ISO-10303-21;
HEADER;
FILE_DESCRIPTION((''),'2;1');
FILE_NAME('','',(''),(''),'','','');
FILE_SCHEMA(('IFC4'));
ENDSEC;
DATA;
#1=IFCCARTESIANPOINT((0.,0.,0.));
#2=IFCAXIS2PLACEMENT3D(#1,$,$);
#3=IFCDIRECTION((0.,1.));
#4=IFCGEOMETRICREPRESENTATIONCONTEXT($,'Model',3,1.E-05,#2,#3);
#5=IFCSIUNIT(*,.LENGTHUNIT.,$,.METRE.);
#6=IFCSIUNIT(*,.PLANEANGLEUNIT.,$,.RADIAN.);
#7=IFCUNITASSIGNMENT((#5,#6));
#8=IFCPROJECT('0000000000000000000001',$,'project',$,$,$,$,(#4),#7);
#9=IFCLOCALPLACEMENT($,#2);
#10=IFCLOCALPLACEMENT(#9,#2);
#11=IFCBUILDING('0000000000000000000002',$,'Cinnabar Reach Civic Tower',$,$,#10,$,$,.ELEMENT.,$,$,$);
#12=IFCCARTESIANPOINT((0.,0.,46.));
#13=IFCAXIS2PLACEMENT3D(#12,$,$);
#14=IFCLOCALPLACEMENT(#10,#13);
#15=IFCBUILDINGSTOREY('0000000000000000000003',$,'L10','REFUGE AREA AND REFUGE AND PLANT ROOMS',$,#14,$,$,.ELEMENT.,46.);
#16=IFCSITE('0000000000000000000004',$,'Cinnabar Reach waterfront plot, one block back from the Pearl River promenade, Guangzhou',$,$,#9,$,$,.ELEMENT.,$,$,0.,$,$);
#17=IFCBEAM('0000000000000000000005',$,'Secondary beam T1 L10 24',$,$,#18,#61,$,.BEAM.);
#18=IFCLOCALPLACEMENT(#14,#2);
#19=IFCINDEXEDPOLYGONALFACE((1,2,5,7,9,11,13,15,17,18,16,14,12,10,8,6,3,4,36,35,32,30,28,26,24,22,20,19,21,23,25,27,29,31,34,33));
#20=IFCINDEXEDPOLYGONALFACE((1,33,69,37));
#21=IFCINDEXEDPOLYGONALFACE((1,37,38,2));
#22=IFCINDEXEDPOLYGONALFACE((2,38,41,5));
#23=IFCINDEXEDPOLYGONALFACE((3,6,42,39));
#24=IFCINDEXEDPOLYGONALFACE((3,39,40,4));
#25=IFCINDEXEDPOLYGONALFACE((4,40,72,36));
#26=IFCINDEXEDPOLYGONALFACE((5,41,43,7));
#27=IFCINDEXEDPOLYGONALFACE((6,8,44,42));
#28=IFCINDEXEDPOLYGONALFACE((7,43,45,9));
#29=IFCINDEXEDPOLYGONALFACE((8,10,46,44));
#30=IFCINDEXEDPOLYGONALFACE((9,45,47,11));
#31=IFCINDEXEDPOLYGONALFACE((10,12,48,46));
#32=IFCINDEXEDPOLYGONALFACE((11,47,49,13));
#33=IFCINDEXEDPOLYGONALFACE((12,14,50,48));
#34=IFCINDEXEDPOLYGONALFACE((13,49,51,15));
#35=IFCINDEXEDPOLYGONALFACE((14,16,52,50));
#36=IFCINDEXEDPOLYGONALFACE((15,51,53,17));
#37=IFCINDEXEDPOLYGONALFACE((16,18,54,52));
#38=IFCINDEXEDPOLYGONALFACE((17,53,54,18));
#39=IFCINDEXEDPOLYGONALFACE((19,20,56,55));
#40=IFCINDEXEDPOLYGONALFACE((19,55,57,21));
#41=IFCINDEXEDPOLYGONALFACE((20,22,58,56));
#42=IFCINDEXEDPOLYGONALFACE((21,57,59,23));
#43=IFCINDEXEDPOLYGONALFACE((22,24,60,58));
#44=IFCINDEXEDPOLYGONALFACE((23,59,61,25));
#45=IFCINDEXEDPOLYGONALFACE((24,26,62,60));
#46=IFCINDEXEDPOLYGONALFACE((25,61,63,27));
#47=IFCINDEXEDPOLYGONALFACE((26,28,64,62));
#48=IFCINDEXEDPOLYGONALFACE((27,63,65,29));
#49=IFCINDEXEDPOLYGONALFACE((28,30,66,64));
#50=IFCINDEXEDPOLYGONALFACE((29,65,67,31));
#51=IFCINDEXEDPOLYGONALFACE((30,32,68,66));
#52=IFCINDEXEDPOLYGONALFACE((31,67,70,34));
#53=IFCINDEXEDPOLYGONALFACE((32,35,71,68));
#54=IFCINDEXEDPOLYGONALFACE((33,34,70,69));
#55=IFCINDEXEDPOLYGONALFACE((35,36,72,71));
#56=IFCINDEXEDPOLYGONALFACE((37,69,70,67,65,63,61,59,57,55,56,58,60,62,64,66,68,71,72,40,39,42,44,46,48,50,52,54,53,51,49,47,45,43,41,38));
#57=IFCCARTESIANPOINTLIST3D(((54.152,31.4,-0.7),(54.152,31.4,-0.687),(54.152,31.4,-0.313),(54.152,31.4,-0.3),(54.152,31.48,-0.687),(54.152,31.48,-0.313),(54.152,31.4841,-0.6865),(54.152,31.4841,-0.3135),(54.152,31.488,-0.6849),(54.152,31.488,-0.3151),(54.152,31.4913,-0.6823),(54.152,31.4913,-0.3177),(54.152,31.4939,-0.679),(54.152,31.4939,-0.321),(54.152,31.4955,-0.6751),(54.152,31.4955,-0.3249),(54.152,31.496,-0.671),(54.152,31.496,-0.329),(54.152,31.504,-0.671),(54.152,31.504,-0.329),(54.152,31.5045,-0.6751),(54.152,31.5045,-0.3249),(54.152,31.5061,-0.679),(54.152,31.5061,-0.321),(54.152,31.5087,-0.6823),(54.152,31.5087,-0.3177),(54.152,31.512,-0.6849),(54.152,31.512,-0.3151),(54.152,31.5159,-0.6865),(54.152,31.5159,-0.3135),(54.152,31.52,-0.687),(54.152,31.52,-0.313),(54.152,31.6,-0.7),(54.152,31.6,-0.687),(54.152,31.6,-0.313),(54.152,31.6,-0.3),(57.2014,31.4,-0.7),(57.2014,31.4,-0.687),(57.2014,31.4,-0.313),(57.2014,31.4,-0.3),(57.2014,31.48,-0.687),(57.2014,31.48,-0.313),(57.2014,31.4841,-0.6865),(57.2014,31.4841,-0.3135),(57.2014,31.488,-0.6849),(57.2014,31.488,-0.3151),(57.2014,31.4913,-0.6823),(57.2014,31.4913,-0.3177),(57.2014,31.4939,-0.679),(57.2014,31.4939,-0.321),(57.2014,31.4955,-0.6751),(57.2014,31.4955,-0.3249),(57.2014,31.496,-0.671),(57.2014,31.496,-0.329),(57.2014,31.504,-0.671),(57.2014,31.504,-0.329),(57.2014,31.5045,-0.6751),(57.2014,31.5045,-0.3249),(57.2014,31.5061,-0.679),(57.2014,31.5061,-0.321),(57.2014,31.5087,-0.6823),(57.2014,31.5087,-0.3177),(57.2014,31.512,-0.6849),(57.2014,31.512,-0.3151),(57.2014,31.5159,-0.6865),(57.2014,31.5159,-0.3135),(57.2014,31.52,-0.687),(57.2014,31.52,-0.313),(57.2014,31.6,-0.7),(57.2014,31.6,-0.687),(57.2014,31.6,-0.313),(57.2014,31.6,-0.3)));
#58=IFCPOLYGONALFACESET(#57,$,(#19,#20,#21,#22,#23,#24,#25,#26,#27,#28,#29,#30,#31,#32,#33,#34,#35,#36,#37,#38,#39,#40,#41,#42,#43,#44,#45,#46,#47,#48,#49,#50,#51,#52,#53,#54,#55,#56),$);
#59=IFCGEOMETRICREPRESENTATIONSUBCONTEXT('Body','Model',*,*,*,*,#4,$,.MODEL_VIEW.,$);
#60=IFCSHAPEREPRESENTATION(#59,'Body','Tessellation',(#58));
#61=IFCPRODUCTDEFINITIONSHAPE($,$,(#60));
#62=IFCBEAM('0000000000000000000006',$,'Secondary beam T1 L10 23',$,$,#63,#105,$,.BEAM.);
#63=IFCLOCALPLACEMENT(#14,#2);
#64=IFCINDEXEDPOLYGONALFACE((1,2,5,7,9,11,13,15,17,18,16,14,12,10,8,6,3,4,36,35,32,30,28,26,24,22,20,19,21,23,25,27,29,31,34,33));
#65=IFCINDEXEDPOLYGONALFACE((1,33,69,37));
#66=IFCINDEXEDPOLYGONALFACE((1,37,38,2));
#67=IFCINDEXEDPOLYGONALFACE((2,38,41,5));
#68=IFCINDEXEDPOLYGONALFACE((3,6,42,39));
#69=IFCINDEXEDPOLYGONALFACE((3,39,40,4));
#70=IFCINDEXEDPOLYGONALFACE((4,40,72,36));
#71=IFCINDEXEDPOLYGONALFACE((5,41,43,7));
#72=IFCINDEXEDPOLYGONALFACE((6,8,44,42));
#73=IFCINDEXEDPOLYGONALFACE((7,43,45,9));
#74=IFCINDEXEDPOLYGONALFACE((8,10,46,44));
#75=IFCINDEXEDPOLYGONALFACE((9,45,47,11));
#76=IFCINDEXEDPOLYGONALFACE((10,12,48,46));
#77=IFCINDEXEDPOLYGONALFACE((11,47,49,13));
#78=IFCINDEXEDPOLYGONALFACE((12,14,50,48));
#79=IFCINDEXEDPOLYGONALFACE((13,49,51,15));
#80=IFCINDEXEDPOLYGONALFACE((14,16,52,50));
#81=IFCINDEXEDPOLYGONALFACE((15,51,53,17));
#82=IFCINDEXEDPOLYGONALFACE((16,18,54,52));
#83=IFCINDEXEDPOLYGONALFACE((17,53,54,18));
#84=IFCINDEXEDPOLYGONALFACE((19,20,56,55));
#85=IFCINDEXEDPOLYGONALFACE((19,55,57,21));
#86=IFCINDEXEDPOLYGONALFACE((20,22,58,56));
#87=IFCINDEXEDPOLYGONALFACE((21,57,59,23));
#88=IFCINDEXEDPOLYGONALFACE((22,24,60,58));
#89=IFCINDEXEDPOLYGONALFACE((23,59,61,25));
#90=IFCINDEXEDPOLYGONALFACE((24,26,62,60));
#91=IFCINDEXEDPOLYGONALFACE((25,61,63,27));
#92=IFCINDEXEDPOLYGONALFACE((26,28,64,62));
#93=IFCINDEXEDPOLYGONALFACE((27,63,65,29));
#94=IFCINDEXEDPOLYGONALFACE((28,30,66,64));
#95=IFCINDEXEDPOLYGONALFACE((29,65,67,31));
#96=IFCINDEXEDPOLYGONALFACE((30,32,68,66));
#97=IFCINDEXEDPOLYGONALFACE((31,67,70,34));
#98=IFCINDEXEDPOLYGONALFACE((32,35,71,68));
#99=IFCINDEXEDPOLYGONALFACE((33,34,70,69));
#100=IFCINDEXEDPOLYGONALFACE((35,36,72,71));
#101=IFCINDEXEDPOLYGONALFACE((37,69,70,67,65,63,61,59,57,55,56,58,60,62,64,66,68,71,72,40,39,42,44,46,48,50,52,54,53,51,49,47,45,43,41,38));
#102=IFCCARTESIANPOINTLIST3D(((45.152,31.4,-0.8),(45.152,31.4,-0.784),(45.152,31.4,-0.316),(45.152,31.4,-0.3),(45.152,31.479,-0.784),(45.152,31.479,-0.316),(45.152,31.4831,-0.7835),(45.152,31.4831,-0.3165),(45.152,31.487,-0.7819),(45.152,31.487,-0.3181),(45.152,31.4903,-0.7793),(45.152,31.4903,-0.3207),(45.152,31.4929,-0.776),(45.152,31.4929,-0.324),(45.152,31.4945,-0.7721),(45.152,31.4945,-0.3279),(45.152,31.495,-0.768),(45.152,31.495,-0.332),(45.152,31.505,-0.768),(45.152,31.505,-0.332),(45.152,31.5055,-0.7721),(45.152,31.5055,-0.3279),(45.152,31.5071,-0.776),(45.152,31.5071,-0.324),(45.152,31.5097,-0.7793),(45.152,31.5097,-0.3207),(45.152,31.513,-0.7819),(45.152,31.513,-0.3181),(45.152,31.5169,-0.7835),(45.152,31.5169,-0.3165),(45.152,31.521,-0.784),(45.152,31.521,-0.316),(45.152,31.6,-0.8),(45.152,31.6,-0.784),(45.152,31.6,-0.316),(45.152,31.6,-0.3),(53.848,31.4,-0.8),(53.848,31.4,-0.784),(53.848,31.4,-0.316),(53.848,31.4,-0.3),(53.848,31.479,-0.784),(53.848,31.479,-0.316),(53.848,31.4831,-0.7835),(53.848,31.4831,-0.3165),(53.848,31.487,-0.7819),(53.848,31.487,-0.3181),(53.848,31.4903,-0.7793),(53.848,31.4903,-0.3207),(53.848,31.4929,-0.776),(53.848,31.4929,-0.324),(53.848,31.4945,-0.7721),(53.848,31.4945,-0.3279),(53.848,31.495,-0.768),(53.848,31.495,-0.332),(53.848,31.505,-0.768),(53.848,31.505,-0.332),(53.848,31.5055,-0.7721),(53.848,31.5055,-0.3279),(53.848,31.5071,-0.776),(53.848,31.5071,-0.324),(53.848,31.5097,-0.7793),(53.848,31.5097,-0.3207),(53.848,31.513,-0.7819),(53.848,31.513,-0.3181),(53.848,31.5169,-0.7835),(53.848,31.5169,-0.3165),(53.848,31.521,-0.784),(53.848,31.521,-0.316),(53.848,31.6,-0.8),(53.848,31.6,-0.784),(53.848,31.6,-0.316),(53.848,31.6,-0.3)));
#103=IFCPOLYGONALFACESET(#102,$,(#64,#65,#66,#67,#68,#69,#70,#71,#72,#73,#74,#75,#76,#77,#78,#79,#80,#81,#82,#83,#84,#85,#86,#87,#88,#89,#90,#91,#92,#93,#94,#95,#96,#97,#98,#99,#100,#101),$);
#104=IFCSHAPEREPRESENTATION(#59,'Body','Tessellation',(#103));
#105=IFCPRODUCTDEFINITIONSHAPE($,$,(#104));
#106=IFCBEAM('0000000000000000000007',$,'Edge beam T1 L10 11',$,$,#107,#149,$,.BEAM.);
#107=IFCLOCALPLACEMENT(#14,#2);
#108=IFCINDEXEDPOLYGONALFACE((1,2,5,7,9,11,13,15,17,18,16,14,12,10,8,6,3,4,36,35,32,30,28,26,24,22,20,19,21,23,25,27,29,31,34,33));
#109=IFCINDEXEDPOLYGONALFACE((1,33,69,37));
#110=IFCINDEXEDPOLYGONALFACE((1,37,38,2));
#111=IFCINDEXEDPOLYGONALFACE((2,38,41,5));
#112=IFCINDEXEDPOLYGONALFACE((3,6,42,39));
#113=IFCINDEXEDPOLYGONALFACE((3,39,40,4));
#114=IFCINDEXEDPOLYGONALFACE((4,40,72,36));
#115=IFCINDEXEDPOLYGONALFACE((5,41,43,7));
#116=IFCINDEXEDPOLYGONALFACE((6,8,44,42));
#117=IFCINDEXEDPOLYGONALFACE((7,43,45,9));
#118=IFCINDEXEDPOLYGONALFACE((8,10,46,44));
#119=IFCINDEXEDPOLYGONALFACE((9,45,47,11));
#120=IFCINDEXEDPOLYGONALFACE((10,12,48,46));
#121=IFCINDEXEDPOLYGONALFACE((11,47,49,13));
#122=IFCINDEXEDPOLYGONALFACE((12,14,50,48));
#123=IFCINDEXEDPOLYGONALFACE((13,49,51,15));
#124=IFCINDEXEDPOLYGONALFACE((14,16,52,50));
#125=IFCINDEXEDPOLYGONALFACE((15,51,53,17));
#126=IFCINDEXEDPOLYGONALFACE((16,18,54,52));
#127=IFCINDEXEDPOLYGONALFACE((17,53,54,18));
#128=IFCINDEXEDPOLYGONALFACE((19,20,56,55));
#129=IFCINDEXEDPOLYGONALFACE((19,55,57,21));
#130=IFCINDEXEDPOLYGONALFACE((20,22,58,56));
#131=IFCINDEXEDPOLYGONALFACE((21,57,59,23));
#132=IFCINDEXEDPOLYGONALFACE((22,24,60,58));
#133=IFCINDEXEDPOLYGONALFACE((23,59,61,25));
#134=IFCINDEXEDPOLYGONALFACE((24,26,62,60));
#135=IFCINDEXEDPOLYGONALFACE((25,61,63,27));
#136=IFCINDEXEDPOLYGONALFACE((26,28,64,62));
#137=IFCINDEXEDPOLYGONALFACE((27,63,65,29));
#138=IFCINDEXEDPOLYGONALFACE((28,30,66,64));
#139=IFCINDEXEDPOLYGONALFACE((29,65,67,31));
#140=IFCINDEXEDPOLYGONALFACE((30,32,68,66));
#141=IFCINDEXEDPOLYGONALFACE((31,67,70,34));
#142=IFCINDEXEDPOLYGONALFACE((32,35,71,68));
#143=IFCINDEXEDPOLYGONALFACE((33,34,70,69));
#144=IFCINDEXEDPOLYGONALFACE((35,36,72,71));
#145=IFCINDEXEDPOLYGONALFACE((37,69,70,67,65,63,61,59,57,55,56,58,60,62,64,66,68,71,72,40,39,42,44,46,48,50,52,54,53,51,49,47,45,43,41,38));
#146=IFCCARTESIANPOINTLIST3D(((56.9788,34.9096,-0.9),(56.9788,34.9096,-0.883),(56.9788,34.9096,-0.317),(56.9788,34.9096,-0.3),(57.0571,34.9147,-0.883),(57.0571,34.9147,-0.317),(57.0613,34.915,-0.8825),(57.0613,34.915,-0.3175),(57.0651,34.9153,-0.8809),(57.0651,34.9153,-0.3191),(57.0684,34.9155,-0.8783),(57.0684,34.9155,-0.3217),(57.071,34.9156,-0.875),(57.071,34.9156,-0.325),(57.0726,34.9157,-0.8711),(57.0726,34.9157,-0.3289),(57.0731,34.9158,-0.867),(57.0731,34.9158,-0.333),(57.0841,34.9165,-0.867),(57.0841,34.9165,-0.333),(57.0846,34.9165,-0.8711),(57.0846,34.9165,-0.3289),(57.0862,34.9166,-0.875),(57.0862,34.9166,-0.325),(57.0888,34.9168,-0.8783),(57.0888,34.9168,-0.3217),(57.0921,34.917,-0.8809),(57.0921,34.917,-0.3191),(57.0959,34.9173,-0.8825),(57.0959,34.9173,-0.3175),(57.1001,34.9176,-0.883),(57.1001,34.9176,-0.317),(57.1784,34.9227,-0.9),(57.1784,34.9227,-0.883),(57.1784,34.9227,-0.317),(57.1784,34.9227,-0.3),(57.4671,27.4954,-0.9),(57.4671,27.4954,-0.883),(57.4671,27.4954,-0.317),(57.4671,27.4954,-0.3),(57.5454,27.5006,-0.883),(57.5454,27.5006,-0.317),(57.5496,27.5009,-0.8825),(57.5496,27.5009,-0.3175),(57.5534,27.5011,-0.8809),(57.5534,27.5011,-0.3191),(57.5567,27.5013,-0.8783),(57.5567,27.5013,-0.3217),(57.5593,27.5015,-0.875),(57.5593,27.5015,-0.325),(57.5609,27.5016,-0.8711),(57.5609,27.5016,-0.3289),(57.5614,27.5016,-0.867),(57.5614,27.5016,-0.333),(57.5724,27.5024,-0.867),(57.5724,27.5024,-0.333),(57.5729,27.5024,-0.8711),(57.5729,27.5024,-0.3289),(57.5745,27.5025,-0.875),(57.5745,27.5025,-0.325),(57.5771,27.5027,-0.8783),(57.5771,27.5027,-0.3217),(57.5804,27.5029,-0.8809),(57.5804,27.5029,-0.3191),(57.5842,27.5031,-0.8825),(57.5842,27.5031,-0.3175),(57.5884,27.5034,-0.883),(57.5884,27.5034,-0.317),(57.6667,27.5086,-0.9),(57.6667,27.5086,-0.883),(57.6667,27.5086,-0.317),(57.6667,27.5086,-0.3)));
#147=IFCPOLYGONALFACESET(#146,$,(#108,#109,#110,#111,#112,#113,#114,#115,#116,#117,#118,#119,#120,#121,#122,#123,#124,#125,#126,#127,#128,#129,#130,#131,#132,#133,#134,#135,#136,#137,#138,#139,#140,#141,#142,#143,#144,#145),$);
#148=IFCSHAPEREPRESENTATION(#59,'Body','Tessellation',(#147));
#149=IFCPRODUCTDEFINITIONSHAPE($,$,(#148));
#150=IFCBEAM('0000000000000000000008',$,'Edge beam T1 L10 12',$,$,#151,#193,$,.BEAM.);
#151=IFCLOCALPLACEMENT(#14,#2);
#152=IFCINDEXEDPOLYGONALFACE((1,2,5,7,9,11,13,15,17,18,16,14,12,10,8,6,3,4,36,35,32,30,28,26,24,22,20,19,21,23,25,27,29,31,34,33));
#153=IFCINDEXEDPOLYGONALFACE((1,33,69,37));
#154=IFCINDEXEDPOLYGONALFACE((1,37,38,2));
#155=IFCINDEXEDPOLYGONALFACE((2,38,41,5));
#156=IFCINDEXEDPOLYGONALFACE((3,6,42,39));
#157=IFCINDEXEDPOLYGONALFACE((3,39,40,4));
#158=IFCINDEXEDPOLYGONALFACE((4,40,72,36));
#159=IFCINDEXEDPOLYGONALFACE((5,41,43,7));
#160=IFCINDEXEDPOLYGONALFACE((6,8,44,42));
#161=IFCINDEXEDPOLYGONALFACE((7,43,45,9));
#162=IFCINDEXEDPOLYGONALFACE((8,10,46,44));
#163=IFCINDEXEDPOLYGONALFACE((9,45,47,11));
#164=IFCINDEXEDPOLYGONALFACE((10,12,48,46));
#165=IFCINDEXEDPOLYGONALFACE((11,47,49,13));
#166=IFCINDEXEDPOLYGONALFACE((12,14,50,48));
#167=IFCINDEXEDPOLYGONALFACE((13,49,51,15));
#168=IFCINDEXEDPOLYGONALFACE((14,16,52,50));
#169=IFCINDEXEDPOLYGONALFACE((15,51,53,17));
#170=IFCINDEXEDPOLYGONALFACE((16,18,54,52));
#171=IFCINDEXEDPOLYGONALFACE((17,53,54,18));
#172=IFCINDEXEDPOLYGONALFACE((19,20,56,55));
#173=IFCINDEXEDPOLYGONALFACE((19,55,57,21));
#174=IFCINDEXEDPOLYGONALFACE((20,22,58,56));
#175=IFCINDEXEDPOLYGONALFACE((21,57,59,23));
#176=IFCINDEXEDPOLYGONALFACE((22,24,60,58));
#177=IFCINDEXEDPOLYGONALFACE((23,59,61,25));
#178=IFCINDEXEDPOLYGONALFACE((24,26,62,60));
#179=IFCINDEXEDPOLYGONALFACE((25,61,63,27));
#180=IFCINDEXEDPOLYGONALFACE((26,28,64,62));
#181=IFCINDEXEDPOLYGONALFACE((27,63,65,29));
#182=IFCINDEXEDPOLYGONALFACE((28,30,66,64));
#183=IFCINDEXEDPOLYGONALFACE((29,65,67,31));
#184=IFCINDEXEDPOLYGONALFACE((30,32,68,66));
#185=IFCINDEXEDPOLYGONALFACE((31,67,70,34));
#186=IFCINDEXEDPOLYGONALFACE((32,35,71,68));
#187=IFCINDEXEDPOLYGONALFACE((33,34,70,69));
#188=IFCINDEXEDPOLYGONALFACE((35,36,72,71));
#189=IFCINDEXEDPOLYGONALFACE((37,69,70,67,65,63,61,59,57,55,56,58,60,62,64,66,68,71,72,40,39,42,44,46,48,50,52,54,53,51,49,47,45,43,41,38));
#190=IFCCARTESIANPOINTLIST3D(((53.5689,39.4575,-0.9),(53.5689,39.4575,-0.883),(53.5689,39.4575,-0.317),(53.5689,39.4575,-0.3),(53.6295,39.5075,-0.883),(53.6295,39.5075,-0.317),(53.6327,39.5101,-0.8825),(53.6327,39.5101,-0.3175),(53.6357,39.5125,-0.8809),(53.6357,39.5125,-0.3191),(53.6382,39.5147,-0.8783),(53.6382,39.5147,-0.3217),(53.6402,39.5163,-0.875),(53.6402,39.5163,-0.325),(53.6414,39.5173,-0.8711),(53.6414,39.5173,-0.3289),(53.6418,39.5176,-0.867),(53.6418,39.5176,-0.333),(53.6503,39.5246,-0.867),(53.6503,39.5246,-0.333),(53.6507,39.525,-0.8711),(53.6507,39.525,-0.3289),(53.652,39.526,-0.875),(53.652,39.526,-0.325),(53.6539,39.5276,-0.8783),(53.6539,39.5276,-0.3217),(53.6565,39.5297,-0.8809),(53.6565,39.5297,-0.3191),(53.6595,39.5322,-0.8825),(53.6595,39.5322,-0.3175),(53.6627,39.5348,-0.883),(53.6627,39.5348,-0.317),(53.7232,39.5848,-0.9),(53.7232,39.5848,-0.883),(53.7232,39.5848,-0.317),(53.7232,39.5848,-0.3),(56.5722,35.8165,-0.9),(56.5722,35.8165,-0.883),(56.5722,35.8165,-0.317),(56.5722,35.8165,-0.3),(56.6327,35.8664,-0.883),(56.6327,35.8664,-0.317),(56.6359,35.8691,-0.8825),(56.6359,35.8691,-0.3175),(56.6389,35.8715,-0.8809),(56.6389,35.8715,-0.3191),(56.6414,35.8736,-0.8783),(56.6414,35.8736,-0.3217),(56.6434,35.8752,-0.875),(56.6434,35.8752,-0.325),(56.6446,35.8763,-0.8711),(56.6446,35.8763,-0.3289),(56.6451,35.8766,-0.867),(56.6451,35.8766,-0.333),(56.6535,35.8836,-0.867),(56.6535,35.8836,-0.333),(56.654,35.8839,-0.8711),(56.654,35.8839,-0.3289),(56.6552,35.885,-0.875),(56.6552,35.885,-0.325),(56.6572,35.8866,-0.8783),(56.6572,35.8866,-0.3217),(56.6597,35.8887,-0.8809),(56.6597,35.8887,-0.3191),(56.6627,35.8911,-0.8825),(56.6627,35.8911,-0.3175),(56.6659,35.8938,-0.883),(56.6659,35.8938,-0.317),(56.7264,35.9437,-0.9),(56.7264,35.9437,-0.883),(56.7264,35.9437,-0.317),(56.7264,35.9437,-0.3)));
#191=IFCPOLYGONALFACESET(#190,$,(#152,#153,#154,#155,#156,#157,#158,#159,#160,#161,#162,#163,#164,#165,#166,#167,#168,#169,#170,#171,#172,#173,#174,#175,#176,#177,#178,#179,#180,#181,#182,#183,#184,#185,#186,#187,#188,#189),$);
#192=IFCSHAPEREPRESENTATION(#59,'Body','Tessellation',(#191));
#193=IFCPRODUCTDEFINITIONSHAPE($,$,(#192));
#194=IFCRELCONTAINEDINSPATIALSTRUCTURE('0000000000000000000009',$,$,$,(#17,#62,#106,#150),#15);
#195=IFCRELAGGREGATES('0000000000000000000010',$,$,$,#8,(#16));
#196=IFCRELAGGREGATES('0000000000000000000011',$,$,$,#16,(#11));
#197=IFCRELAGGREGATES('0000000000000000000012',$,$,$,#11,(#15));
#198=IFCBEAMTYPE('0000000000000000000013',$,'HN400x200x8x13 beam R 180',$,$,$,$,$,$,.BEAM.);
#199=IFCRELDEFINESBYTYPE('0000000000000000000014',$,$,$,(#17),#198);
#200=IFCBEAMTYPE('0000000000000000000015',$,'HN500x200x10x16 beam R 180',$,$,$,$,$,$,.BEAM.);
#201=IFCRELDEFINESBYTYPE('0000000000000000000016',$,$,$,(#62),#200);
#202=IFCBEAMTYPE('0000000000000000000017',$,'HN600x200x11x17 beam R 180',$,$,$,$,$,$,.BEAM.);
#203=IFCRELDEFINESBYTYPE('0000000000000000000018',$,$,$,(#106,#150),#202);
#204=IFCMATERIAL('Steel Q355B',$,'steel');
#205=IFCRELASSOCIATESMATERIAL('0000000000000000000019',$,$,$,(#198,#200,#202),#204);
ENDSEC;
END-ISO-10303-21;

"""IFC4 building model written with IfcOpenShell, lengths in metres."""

from ifc_helpers import new_model, si_unit, direction, frame, origin, origin_2d, place, context, subcontext, project, spatial, i_section, extrude, material, material_profile, profile_set, type_object, element, save


model = new_model("IFC4")

# Units and contexts
model_context = context("Model", 3, precision=1e-05, world=origin(), true_north=direction((0.0, 1.0)))
body_context = subcontext(model_context, "Body", "Model", "MODEL_VIEW")
ifc_project = project(units=[si_unit("LENGTHUNIT", "METRE"), si_unit("PLANEANGLEUNIT", "RADIAN")], contexts=[model_context])

# Site, building, storey
site_placement = place(None, origin())
site = spatial("IfcSite", under=ifc_project, at=site_placement, Name="Cinnabar Reach waterfront plot, one block back from the Pearl River promenade, Guangzhou", CompositionType="ELEMENT", RefElevation=0.0)
building_placement = place(site_placement, origin())
building = spatial("IfcBuilding", under=site, at=building_placement, Name="Cinnabar Reach Civic Tower", CompositionType="ELEMENT")
storey_placement = place(building_placement, frame((0.0, 0.0, 46.0)))
storey = spatial("IfcBuildingStorey", under=building, at=storey_placement, Name="L10", Description="REFUGE AREA AND REFUGE AND PLANT ROOMS", CompositionType="ELEMENT", Elevation=46.0)

# Shared definitions
ifc_material_1 = material(Name="Steel Q355B", Category="steel")

# Beams
ifc_material_profile_1 = material_profile(ifc_material_1, i_section(OverallWidth=0.2, OverallDepth=0.4, WebThickness=0.008, FlangeThickness=0.013, FilletRadius=0.016, at=origin_2d()), Name="HN400x200x8x13")
ifc_profile_set_1 = profile_set([ifc_material_profile_1], Name="Steel Q355B")
beam_type_1 = type_object("IfcBeamType", Name="HN400x200x8x13 beam R 180", PredefinedType="BEAM", material=ifc_profile_set_1)
beam_1_placement = place(storey_placement, frame((54.152, 31.5, -0.5), z_axis=(1.0, 0.0, 0.0), x_axis=(0.0, 1.0, 0.0)))
element("IfcBeam", 1, at=beam_1_placement, inside=storey, type_object=beam_type_1, Name="Secondary beam T1 L10 24", PredefinedType="BEAM", context=body_context, shape_type="SweptSolid", body=[
    extrude(i_section(OverallWidth=0.2, OverallDepth=0.4, WebThickness=0.008, FlangeThickness=0.013, FilletRadius=0.016, at=origin_2d()), origin(), (0.0, 0.0, 1.0), 3.0494),
])
ifc_material_profile_2 = material_profile(ifc_material_1, i_section(OverallWidth=0.2, OverallDepth=0.5, WebThickness=0.01, FlangeThickness=0.016, FilletRadius=0.016, at=origin_2d()), Name="HN500x200x10x16")
ifc_profile_set_2 = profile_set([ifc_material_profile_2], Name="Steel Q355B")
beam_type_2 = type_object("IfcBeamType", Name="HN500x200x10x16 beam R 180", PredefinedType="BEAM", material=ifc_profile_set_2)
beam_2_placement = place(storey_placement, frame((45.152, 31.5, -0.55), z_axis=(1.0, 0.0, 0.0), x_axis=(0.0, 1.0, 0.0)))
element("IfcBeam", 2, at=beam_2_placement, inside=storey, type_object=beam_type_2, Name="Secondary beam T1 L10 23", PredefinedType="BEAM", context=body_context, shape_type="SweptSolid", body=[
    extrude(i_section(OverallWidth=0.2, OverallDepth=0.5, WebThickness=0.01, FlangeThickness=0.016, FilletRadius=0.016, at=origin_2d()), origin(), (0.0, 0.0, 1.0), 8.696),
])
ifc_material_profile_3 = material_profile(ifc_material_1, i_section(OverallWidth=0.2, OverallDepth=0.6, WebThickness=0.011, FlangeThickness=0.017, FilletRadius=0.016, at=origin_2d()), Name="HN600x200x11x17")
ifc_profile_set_3 = profile_set([ifc_material_profile_3], Name="Steel Q355B")
beam_type_3 = type_object("IfcBeamType", Name="HN600x200x11x17 beam R 180", PredefinedType="BEAM", material=ifc_profile_set_3)
beam_3_placement = place(storey_placement, frame((57.5669, 27.502, -0.6), z_axis=(-0.065719, 0.997838, 0.0), x_axis=(-0.997838, -0.065719, 0.0)))
element("IfcBeam", 3, at=beam_3_placement, inside=storey, type_object=beam_type_3, Name="Edge beam T1 L10 11", PredefinedType="BEAM", context=body_context, shape_type="SweptSolid", body=[
    extrude(i_section(OverallWidth=0.2, OverallDepth=0.6, WebThickness=0.011, FlangeThickness=0.017, FilletRadius=0.016, at=origin_2d()), origin(), (0.0, 0.0, 1.0), 7.4302),
])
beam_4_placement = place(storey_placement, frame((56.6493, 35.8801, -0.6), z_axis=(-0.636304, 0.771438, 0.0), x_axis=(-0.771438, -0.636304, 0.0)))
element("IfcBeam", 4, at=beam_4_placement, inside=storey, type_object=beam_type_3, Name="Edge beam T1 L10 12", PredefinedType="BEAM", context=body_context, shape_type="SweptSolid", body=[
    extrude(i_section(OverallWidth=0.2, OverallDepth=0.6, WebThickness=0.011, FlangeThickness=0.017, FilletRadius=0.016, at=origin_2d()), origin(), (0.0, 0.0, 1.0), 4.7198),
])

save(model, "model.ifc")
